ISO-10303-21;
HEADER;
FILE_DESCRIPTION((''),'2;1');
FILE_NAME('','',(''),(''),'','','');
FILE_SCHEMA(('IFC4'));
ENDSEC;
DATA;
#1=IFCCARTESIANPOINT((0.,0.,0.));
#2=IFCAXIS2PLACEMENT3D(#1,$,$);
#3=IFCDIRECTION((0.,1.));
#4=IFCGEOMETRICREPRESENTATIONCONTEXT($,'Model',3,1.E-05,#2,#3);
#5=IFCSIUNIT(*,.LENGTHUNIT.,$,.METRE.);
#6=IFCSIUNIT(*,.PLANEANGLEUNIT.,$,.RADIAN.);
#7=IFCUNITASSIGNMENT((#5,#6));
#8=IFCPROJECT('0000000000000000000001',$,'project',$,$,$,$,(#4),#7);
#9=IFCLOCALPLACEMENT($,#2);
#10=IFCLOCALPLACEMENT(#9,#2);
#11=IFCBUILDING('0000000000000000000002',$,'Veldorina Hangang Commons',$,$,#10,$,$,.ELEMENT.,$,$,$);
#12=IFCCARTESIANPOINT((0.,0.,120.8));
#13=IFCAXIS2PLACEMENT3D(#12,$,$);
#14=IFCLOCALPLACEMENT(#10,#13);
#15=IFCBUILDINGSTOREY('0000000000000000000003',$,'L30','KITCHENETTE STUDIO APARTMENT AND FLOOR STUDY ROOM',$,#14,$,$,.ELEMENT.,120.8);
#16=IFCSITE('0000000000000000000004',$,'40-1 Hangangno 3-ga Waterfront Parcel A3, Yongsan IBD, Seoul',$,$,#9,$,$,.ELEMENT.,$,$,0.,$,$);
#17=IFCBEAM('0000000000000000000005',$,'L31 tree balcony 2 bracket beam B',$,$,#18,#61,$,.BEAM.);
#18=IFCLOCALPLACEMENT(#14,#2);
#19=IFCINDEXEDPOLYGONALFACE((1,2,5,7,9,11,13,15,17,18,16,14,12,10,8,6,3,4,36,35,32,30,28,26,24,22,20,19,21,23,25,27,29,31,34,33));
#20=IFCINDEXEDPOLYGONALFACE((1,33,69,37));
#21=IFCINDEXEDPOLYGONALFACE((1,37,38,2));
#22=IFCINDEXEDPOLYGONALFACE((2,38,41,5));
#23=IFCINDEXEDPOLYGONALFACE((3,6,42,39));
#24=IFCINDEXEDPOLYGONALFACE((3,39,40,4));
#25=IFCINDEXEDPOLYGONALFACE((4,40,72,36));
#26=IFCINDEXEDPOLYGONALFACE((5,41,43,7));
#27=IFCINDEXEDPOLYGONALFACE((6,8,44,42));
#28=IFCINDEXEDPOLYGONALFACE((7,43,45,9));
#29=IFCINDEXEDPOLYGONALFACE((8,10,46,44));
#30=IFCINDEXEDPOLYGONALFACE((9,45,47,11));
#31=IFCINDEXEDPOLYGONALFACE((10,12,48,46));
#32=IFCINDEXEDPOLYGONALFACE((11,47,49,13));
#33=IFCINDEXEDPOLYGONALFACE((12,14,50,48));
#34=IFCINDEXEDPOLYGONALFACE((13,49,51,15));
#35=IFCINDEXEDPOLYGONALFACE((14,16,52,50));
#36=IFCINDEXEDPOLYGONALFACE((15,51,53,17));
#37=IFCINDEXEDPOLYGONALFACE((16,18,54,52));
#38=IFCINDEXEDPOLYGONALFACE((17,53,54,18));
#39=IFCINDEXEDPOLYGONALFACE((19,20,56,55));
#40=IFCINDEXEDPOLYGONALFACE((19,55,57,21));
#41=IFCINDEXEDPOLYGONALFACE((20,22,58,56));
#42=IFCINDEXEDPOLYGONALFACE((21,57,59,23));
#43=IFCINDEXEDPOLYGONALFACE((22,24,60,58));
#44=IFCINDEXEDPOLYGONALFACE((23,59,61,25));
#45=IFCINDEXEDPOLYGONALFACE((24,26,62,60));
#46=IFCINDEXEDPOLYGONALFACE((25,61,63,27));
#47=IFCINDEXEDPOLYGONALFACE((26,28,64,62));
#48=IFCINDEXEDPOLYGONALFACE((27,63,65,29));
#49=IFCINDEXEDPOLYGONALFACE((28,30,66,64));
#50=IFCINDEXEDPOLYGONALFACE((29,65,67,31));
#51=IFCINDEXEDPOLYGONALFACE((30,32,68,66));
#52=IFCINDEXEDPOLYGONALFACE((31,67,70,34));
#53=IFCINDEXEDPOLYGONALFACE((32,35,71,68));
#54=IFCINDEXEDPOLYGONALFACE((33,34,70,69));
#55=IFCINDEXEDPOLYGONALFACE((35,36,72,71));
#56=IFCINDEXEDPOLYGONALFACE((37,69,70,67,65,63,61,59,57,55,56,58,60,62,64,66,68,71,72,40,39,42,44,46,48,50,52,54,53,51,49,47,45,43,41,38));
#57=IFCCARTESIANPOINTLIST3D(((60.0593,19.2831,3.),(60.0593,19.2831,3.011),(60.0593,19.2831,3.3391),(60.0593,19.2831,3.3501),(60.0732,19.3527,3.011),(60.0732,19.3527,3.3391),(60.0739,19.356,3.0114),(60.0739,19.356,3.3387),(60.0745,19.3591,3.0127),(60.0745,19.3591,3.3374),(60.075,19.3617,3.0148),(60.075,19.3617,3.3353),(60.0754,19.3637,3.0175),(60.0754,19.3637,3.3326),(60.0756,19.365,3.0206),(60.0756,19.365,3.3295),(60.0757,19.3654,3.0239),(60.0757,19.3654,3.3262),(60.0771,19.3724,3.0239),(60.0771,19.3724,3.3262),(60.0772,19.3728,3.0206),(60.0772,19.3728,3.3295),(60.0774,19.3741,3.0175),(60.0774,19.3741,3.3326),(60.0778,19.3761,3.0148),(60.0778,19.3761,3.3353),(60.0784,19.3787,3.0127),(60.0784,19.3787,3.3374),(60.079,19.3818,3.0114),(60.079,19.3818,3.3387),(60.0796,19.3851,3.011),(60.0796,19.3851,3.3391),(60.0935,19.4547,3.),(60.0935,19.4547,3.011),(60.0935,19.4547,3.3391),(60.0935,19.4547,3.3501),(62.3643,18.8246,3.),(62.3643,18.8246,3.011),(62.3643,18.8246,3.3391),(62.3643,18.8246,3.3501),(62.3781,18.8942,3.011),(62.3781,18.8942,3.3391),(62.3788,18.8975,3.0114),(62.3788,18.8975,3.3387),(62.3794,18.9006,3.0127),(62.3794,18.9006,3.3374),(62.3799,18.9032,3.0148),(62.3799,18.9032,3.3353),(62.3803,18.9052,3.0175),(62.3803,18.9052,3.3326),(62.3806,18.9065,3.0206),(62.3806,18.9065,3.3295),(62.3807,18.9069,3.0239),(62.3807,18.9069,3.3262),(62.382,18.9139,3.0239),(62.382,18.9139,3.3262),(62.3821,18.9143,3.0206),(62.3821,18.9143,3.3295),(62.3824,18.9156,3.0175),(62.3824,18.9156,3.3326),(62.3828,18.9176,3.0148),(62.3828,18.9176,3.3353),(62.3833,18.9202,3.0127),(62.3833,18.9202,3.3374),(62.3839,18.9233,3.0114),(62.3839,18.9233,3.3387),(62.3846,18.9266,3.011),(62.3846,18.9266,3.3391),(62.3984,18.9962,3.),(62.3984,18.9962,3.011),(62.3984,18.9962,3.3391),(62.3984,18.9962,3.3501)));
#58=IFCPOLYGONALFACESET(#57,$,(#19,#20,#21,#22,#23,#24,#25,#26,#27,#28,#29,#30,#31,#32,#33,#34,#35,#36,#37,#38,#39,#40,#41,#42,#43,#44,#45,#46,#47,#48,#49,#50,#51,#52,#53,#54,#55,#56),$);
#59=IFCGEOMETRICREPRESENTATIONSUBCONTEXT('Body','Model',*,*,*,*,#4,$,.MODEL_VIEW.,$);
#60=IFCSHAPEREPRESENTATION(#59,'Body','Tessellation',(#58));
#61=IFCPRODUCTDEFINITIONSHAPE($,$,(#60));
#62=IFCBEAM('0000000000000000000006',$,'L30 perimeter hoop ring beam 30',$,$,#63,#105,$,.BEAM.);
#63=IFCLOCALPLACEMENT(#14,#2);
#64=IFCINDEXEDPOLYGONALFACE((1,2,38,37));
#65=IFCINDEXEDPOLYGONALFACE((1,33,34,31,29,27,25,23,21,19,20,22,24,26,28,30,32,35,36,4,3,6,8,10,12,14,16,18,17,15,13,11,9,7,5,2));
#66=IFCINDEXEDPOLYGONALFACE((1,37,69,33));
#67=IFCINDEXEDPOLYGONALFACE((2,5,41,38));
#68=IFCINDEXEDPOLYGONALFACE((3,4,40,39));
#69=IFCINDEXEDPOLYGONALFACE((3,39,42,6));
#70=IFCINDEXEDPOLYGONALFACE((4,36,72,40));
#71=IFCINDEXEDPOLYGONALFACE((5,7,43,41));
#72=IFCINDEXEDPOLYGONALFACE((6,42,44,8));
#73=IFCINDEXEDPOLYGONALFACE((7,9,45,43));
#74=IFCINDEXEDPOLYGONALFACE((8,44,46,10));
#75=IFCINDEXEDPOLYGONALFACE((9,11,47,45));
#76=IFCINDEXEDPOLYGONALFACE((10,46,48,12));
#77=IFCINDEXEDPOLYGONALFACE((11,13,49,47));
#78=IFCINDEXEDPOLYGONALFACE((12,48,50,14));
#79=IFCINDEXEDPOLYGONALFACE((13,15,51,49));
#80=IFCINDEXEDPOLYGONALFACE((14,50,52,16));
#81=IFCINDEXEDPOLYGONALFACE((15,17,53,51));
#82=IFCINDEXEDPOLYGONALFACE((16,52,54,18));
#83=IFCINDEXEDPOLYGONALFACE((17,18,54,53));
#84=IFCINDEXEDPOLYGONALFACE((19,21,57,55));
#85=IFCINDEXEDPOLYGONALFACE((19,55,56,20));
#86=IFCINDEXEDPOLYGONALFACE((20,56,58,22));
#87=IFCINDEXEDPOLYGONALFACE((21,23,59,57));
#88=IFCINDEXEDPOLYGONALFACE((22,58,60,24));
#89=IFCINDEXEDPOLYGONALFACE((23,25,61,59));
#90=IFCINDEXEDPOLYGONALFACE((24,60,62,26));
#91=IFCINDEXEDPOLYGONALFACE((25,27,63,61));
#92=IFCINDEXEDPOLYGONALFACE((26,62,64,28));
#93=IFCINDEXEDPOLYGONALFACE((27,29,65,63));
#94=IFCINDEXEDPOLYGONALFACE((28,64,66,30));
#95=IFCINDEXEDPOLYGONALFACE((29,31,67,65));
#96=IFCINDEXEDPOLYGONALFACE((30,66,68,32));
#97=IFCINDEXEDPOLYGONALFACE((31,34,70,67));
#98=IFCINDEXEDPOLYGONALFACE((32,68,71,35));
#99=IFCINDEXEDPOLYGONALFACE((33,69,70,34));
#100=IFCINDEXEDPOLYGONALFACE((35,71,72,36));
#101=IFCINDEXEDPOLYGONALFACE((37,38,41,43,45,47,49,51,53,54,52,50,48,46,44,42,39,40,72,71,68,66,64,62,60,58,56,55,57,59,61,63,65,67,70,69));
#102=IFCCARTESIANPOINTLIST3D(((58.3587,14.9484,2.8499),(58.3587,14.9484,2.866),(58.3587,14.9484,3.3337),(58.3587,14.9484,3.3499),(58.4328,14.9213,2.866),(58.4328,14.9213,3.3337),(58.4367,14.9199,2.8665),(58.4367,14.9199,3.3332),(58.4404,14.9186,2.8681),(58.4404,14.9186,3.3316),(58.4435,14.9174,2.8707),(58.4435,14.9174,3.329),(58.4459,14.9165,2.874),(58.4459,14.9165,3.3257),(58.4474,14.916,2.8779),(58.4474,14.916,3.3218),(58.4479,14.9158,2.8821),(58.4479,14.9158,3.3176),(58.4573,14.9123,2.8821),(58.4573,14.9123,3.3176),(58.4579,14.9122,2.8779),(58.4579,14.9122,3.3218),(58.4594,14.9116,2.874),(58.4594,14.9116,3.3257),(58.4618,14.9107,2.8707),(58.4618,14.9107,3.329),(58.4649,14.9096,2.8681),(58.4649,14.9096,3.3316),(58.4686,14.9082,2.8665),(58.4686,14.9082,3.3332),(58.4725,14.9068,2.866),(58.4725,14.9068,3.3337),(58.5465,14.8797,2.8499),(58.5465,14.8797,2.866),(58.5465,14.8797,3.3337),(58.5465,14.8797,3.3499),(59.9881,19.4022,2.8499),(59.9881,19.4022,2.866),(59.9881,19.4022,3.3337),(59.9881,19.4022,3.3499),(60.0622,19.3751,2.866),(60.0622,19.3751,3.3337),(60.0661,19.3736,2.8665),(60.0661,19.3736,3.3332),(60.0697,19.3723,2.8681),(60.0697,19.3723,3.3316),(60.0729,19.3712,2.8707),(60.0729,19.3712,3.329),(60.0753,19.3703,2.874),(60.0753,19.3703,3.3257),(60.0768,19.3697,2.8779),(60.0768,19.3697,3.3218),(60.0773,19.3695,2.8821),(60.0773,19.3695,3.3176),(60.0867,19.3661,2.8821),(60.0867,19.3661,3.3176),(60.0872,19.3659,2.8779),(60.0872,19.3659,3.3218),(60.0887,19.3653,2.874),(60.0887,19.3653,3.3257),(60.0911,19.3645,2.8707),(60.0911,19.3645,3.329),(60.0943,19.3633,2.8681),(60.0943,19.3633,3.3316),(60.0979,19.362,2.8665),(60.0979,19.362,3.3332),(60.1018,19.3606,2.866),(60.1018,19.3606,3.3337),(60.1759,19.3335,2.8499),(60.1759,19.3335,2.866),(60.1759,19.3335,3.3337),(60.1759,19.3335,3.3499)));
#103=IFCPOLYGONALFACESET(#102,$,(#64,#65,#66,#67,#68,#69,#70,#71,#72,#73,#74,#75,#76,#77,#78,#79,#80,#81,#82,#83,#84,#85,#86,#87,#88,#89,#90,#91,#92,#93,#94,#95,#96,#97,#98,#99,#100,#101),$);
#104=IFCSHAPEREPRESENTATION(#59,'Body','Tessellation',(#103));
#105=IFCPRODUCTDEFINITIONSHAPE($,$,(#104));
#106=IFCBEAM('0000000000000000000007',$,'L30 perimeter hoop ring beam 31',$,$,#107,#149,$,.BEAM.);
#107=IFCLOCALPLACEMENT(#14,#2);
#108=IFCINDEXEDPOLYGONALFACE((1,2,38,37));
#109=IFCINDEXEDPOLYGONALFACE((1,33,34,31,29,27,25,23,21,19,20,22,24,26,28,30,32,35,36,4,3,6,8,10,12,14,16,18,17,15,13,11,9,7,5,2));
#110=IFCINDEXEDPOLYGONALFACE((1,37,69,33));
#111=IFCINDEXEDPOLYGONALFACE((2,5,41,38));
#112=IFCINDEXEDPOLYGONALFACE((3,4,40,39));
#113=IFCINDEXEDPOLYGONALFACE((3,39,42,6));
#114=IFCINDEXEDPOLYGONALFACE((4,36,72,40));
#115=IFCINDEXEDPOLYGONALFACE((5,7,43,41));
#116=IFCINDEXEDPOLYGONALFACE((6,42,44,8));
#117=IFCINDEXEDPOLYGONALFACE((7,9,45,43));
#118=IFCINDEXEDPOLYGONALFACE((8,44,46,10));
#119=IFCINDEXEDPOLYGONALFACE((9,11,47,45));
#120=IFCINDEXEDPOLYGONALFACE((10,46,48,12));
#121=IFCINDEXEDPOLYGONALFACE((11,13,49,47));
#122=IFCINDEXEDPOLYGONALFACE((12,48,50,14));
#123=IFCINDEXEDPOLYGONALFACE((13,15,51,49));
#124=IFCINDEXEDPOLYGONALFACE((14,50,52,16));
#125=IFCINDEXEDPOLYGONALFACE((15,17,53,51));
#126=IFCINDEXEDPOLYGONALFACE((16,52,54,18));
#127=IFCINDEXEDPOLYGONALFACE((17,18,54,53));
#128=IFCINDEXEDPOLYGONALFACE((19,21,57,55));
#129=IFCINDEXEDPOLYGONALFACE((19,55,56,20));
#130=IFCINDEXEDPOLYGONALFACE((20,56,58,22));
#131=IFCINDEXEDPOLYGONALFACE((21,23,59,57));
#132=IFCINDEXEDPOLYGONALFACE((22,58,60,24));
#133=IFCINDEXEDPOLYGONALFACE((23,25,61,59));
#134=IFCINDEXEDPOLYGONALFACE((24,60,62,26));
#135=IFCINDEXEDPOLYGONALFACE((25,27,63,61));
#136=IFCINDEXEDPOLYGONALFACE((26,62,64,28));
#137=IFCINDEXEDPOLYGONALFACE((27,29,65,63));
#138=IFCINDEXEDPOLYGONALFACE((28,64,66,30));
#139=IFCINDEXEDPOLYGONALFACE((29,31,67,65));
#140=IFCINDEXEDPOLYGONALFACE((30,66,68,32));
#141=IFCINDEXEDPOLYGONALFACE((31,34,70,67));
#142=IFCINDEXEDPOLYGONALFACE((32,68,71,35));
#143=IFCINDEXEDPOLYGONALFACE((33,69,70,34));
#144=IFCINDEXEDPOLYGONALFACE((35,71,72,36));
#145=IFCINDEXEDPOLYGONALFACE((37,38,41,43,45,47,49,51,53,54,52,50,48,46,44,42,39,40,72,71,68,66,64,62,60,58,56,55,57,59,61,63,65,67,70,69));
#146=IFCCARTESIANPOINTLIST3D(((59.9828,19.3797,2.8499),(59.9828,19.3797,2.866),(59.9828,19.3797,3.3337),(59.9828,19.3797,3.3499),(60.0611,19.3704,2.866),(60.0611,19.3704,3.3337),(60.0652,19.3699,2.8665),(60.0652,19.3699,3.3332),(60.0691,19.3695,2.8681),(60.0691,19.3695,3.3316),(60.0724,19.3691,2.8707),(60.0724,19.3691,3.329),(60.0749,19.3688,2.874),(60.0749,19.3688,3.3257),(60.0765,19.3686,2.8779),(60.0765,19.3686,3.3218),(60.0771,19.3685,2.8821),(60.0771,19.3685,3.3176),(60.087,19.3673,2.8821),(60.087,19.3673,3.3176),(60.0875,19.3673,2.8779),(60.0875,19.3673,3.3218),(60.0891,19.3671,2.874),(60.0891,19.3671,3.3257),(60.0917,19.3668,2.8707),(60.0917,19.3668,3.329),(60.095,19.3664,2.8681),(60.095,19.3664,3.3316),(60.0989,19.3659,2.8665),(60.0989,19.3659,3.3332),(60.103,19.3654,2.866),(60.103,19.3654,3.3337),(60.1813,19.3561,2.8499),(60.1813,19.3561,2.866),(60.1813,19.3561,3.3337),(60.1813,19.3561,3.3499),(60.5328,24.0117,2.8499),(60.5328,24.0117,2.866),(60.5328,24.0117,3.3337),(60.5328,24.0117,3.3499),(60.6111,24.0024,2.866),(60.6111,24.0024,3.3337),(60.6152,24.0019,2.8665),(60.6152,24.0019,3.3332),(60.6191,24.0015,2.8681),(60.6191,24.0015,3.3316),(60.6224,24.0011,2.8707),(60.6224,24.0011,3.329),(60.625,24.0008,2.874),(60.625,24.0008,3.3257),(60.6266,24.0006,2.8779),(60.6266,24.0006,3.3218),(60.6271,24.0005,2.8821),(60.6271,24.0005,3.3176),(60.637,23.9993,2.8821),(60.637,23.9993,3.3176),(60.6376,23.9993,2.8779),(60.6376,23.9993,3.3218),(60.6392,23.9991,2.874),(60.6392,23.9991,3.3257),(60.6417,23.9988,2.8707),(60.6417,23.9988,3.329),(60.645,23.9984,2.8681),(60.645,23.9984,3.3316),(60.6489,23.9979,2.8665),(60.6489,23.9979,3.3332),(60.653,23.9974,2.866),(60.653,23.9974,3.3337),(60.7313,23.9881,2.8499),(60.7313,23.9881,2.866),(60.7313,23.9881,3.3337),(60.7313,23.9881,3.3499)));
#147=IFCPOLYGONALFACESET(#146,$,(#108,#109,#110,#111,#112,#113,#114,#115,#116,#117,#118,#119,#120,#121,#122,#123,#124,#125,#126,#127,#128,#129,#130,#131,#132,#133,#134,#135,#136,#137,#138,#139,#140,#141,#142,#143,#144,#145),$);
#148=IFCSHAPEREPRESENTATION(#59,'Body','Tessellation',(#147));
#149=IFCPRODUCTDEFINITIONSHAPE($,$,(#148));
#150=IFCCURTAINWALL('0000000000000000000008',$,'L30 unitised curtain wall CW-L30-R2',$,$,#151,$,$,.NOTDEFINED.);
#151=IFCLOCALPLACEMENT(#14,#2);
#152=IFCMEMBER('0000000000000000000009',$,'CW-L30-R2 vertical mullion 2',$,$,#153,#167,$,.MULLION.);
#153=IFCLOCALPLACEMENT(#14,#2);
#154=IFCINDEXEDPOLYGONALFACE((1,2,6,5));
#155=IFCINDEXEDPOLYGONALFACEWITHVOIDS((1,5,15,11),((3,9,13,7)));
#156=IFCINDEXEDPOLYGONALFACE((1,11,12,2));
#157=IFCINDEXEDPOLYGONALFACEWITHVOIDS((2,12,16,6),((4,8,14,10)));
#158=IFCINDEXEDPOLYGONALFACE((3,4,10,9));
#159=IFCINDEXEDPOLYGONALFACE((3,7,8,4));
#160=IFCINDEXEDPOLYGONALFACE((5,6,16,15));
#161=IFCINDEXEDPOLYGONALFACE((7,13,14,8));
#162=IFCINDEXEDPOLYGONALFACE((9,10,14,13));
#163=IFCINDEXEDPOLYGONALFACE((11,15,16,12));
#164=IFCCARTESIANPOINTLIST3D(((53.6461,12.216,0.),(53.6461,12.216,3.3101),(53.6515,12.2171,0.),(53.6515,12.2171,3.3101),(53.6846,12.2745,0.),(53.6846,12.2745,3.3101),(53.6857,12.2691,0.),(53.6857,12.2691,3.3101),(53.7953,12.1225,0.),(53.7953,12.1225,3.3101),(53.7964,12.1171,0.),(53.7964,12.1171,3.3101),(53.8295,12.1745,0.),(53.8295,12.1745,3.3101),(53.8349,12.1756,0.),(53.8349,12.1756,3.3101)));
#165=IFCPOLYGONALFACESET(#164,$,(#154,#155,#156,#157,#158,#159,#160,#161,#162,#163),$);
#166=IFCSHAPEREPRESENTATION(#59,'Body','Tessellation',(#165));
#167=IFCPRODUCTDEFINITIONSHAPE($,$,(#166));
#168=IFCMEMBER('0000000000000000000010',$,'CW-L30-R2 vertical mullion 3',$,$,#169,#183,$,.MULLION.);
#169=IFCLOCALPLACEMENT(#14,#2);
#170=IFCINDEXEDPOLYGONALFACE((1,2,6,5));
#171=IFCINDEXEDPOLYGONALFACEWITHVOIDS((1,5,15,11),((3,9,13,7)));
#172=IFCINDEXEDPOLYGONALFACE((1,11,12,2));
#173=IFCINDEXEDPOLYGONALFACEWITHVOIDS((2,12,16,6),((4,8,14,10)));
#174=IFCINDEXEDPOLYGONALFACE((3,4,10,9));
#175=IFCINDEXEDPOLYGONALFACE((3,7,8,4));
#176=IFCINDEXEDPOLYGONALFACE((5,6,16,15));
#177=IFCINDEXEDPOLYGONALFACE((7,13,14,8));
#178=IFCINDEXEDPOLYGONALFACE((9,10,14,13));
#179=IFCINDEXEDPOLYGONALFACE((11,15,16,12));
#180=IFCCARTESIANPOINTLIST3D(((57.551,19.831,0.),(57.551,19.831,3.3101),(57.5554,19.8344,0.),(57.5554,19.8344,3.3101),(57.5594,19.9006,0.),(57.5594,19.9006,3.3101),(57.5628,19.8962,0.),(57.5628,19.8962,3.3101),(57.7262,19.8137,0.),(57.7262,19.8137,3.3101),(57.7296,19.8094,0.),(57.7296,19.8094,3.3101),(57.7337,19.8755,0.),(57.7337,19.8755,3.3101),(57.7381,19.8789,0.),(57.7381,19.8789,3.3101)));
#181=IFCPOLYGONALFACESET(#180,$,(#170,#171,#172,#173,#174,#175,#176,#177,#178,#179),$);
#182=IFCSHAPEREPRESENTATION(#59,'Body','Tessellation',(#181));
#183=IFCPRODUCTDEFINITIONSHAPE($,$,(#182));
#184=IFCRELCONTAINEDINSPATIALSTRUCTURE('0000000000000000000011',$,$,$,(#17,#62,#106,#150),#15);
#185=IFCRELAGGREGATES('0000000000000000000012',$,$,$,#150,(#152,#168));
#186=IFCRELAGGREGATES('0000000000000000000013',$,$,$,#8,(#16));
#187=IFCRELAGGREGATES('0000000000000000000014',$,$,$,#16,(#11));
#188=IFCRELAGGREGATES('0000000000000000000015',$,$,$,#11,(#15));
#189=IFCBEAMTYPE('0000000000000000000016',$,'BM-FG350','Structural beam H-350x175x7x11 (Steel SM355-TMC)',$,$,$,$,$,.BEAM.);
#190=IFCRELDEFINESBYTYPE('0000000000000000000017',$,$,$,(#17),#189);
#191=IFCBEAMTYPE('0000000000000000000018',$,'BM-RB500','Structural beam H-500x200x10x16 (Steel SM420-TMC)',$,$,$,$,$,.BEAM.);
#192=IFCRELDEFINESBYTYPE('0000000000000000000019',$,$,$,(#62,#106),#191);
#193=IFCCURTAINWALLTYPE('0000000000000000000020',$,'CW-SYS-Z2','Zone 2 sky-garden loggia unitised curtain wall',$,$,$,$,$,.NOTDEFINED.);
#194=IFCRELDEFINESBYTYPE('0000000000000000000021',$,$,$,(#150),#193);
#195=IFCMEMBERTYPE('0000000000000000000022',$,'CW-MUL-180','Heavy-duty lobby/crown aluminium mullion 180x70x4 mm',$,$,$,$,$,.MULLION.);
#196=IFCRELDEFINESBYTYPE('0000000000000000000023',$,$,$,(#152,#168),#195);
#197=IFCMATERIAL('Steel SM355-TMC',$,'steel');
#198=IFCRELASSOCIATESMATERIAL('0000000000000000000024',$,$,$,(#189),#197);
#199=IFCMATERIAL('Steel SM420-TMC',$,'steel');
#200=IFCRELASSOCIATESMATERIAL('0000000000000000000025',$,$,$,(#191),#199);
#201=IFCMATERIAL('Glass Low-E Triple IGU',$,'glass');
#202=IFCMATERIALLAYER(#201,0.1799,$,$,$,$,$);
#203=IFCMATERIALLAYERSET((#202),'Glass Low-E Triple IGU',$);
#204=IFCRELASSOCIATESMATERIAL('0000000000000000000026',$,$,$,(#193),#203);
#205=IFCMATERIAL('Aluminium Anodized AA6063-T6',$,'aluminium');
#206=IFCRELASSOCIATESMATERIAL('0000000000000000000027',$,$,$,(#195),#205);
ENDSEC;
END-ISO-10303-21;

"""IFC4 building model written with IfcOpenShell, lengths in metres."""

from ifc_helpers import new_model, si_unit, direction, frame, origin, origin_2d, place, context, subcontext, project, spatial, hollow_rectangle, i_section, extrude, material, layer, layer_set, material_profile, profile_set, type_object, element, aggregate, save


model = new_model("IFC4")

# Units and contexts
model_context = context("Model", 3, precision=1e-05, world=origin(), true_north=direction((0.0, 1.0)))
body_context = subcontext(model_context, "Body", "Model", "MODEL_VIEW")
ifc_project = project(units=[si_unit("LENGTHUNIT", "METRE"), si_unit("PLANEANGLEUNIT", "RADIAN")], contexts=[model_context])

# Site, building, storey
site_placement = place(None, origin())
site = spatial("IfcSite", under=ifc_project, at=site_placement, Name="40-1 Hangangno 3-ga Waterfront Parcel A3, Yongsan IBD, Seoul", CompositionType="ELEMENT", RefElevation=0.0)
building_placement = place(site_placement, origin())
building = spatial("IfcBuilding", under=site, at=building_placement, Name="Veldorina Hangang Commons", CompositionType="ELEMENT")
storey_placement = place(building_placement, frame((0.0, 0.0, 120.8)))
storey = spatial("IfcBuildingStorey", under=building, at=storey_placement, Name="L30", Description="KITCHENETTE STUDIO APARTMENT AND FLOOR STUDY ROOM", CompositionType="ELEMENT", Elevation=120.8)

# Beams
ifc_material_1 = material(Name="Steel SM355-TMC", Category="steel")
ifc_material_profile_1 = material_profile(ifc_material_1, i_section(OverallWidth=0.175, OverallDepth=0.3501, WebThickness=0.0071, FlangeThickness=0.011, FilletRadius=0.0129, at=origin_2d()), Name="H-350x175x7x11")
ifc_profile_set_1 = profile_set([ifc_material_profile_1], Name="Steel SM355-TMC")
beam_type_1 = type_object("IfcBeamType", Name="BM-FG350", Description="Structural beam H-350x175x7x11 (Steel SM355-TMC)", PredefinedType="BEAM", material=ifc_profile_set_1)
beam_1_placement = place(storey_placement, frame((60.0764, 19.3689, 3.175), z_axis=(0.980784, -0.195097, 0.0), x_axis=(0.195097, 0.980784, 0.0)))
element("IfcBeam", 1, at=beam_1_placement, inside=storey, type_object=beam_type_1, Name="L31 tree balcony 2 bracket beam B", PredefinedType="BEAM", context=body_context, shape_type="SweptSolid", body=[
    extrude(i_section(OverallWidth=0.175, OverallDepth=0.3501, WebThickness=0.0071, FlangeThickness=0.011, FilletRadius=0.0129, at=origin_2d()), origin(), (0.0, 0.0, 1.0), 2.3501),
])
ifc_material_2 = material(Name="Steel SM420-TMC", Category="steel")
ifc_material_profile_2 = material_profile(ifc_material_2, i_section(OverallWidth=0.2, OverallDepth=0.5, WebThickness=0.01, FlangeThickness=0.0161, FilletRadius=0.0161, at=origin_2d()), Name="H-500x200x10x16")
ifc_profile_set_2 = profile_set([ifc_material_profile_2], Name="Steel SM420-TMC")
beam_type_2 = type_object("IfcBeamType", Name="BM-RB500", Description="Structural beam H-500x200x10x16 (Steel SM420-TMC)", PredefinedType="BEAM", material=ifc_profile_set_2)
beam_2_placement = place(storey_placement, frame((58.4526, 14.9141, 3.0999), z_axis=(0.343569, 0.939127, 0.0), x_axis=(-0.939127, 0.343569, 0.0)))
element("IfcBeam", 2, at=beam_2_placement, inside=storey, type_object=beam_type_2, Name="L30 perimeter hoop ring beam 30", PredefinedType="BEAM", context=body_context, shape_type="SweptSolid", body=[
    extrude(i_section(OverallWidth=0.2, OverallDepth=0.5, WebThickness=0.01, FlangeThickness=0.0161, FilletRadius=0.0161, at=origin_2d()), origin(), (0.0, 0.0, 1.0), 4.7424),
])
beam_3_placement = place(storey_placement, frame((60.082, 19.3679, 3.0999), z_axis=(0.117919, 0.993023, 0.0), x_axis=(-0.993023, 0.117919, 0.0)))
element("IfcBeam", 3, at=beam_3_placement, inside=storey, type_object=beam_type_2, Name="L30 perimeter hoop ring beam 31", PredefinedType="BEAM", context=body_context, shape_type="SweptSolid", body=[
    extrude(i_section(OverallWidth=0.2, OverallDepth=0.5, WebThickness=0.01, FlangeThickness=0.0161, FilletRadius=0.0161, at=origin_2d()), origin(), (0.0, 0.0, 1.0), 4.6646),
])

# Curtain wall, members
ifc_material_3 = material(Name="Glass Low-E Triple IGU", Category="glass")
ifc_layer_1 = layer(ifc_material_3, 0.1799)
ifc_layer_set_1 = layer_set([ifc_layer_1], Name="Glass Low-E Triple IGU")
curtain_wall_type = type_object("IfcCurtainWallType", Name="CW-SYS-Z2", Description="Zone 2 sky-garden loggia unitised curtain wall", PredefinedType="NOTDEFINED", material=ifc_layer_set_1)
curtain_wall_placement = place(storey_placement, origin())
curtain_wall = element("IfcCurtainWall", 4, at=curtain_wall_placement, inside=storey, type_object=curtain_wall_type, Name="L30 unitised curtain wall CW-L30-R2", PredefinedType="NOTDEFINED")
ifc_material_4 = material(Name="Aluminium Anodized AA6063-T6", Category="aluminium")
ifc_material_profile_3 = material_profile(ifc_material_4, hollow_rectangle(XDim=0.0701, YDim=0.1799, WallThickness=0.0039, at=origin_2d()), Name="ALU-RHS-180x70x4")
ifc_profile_set_3 = profile_set([ifc_material_profile_3], Name="Aluminium Anodized AA6063-T6")
member_type_1 = type_object("IfcMemberType", Name="CW-MUL-180", Description="Heavy-duty lobby/crown aluminium mullion 180x70x4 mm", PredefinedType="MULLION", material=ifc_profile_set_3)
member_1_placement = place(storey_placement, frame((53.7405, 12.1958, 0.0), z_axis=(0.0, 0.0, 1.0), x_axis=(0.549562, 0.835453, 0.0)))
member_1 = element("IfcMember", 5, at=member_1_placement, type_object=member_type_1, Name="CW-L30-R2 vertical mullion 2", PredefinedType="MULLION", context=body_context, shape_type="SweptSolid", body=[
    extrude(hollow_rectangle(XDim=0.0701, YDim=0.1799, WallThickness=0.0039, at=origin_2d()), origin(), (0.0, 0.0, 1.0), 3.3101),
])
member_2_placement = place(storey_placement, frame((57.6445, 19.855, 0.0), z_axis=(0.0, 0.0, 1.0), x_axis=(0.120327, 0.992734, 0.0)))
member_2 = element("IfcMember", 6, at=member_2_placement, type_object=member_type_1, Name="CW-L30-R2 vertical mullion 3", PredefinedType="MULLION", context=body_context, shape_type="SweptSolid", body=[
    extrude(hollow_rectangle(XDim=0.0701, YDim=0.1799, WallThickness=0.0039, at=origin_2d()), origin(), (0.0, 0.0, 1.0), 3.3101),
])

aggregate(curtain_wall, [member_1, member_2])

save(model, "model.ifc")
